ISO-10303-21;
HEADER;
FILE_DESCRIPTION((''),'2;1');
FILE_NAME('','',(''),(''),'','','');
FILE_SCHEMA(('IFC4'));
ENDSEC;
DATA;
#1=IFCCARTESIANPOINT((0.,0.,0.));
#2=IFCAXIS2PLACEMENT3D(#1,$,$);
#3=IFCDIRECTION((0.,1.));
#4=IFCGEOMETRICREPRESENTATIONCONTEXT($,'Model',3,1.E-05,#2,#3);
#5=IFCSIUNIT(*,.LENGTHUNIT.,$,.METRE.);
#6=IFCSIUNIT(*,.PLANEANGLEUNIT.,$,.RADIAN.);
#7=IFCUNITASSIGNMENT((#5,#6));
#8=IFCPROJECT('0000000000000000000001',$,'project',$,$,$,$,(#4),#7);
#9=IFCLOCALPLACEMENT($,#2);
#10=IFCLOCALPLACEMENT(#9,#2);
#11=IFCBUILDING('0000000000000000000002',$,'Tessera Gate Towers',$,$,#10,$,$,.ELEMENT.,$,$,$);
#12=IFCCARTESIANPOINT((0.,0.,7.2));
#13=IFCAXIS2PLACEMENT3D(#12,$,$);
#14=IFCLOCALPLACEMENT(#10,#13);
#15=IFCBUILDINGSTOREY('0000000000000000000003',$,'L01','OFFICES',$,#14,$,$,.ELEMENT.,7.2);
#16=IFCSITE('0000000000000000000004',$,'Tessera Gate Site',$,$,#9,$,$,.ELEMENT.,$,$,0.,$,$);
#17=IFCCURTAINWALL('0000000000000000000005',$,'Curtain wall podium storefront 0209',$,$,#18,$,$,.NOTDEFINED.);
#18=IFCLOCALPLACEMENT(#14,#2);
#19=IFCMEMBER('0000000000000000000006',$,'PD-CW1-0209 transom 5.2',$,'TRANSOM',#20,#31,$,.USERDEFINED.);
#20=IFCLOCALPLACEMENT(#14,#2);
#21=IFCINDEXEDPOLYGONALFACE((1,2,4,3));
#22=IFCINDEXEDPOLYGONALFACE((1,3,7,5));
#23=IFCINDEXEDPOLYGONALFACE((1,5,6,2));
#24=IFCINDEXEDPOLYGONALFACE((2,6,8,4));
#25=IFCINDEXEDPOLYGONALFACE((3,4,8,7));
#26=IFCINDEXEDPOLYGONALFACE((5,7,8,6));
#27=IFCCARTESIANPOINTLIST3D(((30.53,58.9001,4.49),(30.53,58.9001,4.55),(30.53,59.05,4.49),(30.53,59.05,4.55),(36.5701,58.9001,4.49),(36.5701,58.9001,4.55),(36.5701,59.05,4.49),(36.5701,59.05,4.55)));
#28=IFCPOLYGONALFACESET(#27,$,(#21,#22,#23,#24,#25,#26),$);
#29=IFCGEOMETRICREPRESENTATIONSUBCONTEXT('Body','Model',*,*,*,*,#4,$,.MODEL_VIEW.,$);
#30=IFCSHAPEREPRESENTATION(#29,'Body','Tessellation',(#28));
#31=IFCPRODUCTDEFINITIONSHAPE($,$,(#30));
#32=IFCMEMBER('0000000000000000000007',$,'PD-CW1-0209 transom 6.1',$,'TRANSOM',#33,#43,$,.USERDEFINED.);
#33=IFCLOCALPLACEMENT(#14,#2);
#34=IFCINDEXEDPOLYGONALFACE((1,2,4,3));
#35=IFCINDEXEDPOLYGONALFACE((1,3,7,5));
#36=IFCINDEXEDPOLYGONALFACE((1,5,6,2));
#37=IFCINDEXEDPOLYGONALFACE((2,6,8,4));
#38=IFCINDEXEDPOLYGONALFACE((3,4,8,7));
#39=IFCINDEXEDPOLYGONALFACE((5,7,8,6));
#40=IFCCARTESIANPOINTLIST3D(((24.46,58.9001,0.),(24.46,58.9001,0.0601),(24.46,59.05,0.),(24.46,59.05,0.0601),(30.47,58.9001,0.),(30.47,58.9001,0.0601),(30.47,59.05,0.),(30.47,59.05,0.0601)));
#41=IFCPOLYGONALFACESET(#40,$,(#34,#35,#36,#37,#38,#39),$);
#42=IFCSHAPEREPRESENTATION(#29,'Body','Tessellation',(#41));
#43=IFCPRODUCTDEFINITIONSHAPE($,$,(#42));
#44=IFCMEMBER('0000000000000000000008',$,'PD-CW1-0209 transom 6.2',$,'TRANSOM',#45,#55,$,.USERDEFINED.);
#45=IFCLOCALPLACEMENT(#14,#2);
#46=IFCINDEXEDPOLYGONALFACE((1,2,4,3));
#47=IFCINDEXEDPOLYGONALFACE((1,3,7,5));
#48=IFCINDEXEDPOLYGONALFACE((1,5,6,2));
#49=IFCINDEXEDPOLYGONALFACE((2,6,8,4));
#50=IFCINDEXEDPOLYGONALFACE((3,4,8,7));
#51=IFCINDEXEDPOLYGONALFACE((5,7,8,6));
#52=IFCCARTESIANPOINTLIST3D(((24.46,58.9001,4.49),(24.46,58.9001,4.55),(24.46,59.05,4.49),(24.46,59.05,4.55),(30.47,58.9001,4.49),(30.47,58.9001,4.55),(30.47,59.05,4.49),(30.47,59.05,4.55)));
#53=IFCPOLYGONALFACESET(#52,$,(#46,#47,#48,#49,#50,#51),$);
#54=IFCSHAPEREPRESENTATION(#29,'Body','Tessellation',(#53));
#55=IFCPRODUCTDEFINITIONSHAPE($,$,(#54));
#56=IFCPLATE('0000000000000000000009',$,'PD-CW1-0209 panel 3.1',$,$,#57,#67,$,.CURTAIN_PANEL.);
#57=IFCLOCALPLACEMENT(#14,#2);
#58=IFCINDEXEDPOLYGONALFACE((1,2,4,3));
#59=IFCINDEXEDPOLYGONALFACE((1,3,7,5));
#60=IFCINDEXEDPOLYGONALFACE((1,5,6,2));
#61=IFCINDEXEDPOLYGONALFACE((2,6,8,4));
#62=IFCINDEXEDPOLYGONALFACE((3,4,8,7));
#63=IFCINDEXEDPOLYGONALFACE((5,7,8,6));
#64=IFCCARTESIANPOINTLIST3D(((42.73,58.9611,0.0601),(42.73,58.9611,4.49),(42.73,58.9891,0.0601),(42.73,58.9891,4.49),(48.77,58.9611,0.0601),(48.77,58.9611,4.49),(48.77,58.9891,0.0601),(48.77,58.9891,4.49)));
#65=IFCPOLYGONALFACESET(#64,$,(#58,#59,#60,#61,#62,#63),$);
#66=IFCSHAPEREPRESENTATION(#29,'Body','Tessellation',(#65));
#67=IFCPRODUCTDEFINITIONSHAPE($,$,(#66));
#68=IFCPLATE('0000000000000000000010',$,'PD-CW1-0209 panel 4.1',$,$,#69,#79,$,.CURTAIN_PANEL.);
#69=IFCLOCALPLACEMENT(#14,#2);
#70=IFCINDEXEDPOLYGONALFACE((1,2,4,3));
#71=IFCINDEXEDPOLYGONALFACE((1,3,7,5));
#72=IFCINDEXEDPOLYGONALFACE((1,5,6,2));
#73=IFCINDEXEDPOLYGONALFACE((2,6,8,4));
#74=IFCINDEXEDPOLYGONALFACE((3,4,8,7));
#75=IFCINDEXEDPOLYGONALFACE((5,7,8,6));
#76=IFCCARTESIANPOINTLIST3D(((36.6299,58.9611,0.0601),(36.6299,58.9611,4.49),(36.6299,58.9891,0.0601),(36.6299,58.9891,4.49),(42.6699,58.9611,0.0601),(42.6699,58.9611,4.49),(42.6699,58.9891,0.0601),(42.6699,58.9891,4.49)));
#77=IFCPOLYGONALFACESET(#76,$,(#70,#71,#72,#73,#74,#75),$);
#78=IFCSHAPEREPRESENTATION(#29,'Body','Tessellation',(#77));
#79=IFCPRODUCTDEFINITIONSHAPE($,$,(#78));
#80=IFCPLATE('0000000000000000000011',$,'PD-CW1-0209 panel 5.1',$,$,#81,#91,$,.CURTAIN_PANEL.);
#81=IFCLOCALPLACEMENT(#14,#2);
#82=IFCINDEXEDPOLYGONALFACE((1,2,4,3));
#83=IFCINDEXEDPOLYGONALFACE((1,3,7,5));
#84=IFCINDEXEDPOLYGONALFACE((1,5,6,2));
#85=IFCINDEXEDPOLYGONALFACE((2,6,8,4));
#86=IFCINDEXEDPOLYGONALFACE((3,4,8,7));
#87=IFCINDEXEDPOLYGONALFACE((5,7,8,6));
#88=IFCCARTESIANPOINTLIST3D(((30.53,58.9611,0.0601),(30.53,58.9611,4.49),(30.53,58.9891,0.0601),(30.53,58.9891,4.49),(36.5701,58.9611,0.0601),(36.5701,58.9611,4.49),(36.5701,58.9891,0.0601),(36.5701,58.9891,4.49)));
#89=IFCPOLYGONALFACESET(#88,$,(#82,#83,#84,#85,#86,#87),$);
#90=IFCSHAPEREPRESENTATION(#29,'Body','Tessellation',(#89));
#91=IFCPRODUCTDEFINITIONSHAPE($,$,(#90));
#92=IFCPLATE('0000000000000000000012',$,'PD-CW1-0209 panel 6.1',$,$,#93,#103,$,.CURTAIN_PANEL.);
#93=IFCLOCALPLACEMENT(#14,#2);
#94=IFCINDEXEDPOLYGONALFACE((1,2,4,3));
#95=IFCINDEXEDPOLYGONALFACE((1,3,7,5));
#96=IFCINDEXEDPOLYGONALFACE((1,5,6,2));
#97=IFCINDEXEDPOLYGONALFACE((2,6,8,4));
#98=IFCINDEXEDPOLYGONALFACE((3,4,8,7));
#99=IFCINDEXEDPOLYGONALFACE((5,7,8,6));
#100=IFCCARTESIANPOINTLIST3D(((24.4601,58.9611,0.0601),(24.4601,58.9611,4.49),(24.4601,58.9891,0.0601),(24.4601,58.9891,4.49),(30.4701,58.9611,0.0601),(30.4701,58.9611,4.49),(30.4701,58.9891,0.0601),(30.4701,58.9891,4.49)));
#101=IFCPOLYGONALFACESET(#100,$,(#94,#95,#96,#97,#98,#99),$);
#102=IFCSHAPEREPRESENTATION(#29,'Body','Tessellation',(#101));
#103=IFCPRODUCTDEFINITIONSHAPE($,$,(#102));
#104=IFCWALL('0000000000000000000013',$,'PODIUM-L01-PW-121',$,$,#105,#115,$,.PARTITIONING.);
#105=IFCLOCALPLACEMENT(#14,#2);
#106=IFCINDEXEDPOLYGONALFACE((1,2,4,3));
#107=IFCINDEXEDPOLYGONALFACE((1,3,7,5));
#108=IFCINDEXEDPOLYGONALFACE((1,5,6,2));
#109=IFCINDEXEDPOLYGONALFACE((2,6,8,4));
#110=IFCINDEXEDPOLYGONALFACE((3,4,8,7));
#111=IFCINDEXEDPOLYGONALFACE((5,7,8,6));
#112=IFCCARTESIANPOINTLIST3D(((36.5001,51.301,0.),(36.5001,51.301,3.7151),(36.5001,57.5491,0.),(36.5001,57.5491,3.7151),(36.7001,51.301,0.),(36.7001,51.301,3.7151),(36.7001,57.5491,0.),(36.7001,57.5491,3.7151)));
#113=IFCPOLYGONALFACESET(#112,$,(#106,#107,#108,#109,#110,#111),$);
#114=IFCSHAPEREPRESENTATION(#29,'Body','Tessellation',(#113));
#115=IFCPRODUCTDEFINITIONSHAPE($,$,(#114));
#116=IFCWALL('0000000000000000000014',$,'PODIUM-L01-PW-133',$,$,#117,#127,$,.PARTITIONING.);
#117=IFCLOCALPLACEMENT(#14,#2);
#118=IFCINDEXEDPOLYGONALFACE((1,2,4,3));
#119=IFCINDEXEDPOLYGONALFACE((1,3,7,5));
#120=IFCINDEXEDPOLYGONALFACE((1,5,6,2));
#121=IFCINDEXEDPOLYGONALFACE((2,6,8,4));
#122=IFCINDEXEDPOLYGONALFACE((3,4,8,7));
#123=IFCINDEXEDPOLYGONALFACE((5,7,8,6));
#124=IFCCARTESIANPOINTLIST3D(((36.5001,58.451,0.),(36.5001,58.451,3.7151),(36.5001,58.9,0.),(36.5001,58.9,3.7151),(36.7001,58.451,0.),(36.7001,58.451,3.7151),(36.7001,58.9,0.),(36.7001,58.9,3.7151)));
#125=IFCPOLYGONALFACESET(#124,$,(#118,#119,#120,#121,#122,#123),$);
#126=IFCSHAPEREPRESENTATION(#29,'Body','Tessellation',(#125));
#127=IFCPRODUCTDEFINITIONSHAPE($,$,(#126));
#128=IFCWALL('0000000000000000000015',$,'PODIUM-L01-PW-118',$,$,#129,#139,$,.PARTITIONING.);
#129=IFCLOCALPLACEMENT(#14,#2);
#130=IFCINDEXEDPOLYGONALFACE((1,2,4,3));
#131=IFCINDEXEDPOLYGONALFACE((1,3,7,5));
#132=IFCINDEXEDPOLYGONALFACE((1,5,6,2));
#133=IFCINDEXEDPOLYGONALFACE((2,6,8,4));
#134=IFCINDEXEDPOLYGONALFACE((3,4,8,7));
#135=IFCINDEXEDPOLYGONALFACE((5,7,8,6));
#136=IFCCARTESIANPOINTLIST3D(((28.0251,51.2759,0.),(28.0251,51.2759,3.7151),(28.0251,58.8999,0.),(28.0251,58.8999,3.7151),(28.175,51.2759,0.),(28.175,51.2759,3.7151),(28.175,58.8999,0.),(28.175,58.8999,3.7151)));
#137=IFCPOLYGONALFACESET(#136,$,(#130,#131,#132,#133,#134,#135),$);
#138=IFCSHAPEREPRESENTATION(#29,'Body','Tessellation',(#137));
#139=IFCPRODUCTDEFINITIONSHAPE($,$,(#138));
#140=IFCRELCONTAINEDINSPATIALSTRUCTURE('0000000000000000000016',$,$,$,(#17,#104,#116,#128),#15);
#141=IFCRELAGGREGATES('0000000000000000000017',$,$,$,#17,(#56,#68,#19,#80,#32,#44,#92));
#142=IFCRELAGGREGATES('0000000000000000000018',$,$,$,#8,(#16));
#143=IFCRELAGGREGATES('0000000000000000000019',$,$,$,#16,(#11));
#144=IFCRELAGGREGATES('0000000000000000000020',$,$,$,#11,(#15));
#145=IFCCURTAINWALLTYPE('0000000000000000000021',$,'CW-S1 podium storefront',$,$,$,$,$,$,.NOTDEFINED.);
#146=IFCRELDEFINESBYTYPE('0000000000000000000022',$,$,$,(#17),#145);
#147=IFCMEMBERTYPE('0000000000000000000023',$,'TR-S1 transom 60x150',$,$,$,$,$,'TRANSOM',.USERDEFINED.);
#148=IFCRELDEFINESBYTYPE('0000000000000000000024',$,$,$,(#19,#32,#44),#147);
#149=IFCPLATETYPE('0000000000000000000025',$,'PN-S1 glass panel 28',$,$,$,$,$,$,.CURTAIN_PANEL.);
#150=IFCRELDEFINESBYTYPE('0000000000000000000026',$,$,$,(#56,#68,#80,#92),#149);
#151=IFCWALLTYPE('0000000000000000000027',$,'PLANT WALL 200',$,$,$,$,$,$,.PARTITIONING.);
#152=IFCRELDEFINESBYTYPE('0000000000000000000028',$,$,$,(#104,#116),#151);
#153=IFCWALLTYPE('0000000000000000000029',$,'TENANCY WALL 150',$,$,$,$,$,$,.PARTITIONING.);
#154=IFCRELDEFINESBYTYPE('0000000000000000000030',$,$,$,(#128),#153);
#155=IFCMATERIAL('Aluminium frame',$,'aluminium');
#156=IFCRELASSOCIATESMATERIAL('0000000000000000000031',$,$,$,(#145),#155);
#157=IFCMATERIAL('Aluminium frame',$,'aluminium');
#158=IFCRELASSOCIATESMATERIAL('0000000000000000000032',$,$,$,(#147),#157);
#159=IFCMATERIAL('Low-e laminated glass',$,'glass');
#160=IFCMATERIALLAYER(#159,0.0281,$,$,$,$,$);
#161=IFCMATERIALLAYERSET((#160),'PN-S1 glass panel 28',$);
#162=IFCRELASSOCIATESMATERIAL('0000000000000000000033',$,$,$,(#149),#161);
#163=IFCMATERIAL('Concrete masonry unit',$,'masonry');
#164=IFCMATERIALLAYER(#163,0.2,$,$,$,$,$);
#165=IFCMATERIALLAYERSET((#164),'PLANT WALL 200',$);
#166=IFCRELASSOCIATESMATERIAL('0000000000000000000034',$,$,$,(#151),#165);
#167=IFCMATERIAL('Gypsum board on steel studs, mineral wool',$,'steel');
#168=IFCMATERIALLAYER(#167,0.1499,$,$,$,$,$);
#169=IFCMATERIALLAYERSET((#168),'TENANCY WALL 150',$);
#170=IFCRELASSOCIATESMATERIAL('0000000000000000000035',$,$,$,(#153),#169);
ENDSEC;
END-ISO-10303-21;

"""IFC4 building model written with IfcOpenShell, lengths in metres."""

from ifc_helpers import new_model, si_unit, direction, frame, frame_2d, origin, origin_2d, place, context, subcontext, project, spatial, rectangle, extrude, material, layer, layer_set, material_profile, profile_set, type_object, element, aggregate, save


model = new_model("IFC4")

# Units and contexts
model_context = context("Model", 3, precision=1e-05, world=origin(), true_north=direction((0.0, 1.0)))
body_context = subcontext(model_context, "Body", "Model", "MODEL_VIEW")
ifc_project = project(units=[si_unit("LENGTHUNIT", "METRE"), si_unit("PLANEANGLEUNIT", "RADIAN")], contexts=[model_context])

# Site, building, storey
site_placement = place(None, origin())
site = spatial("IfcSite", under=ifc_project, at=site_placement, Name="Tessera Gate Site", CompositionType="ELEMENT", RefElevation=0.0)
building_placement = place(site_placement, origin())
building = spatial("IfcBuilding", under=site, at=building_placement, Name="Tessera Gate Towers", CompositionType="ELEMENT")
storey_placement = place(building_placement, frame((0.0, 0.0, 7.2)))
storey = spatial("IfcBuildingStorey", under=building, at=storey_placement, Name="L01", Description="OFFICES", CompositionType="ELEMENT", Elevation=7.2)

# Curtain wall, members, plates
ifc_material_1 = material(Name="Aluminium frame", Category="aluminium")
curtain_wall_type = type_object("IfcCurtainWallType", Name="CW-S1 podium storefront", PredefinedType="NOTDEFINED", material=ifc_material_1)
curtain_wall_placement = place(storey_placement, origin())
curtain_wall = element("IfcCurtainWall", 1, at=curtain_wall_placement, inside=storey, type_object=curtain_wall_type, Name="Curtain wall podium storefront 0209", PredefinedType="NOTDEFINED")
ifc_material_2 = material(Name="Aluminium frame", Category="aluminium")
ifc_material_profile_1 = material_profile(ifc_material_2, rectangle(XDim=0.1499, YDim=0.0601, at=origin_2d()), Name="AL 60x150")
ifc_profile_set_1 = profile_set([ifc_material_profile_1], Name="Aluminium frame")
member_type_1 = type_object("IfcMemberType", Name="TR-S1 transom 60x150", ElementType="TRANSOM", PredefinedType="USERDEFINED", material=ifc_profile_set_1)
member_1_placement = place(storey_placement, frame((36.5701, 58.9751, 4.52), z_axis=(-1.0, 0.0, 0.0), x_axis=(0.0, -1.0, 0.0)))
member_1 = element("IfcMember", 2, at=member_1_placement, type_object=member_type_1, Name="PD-CW1-0209 transom 5.2", ObjectType="TRANSOM", PredefinedType="USERDEFINED", context=body_context, shape_type="SweptSolid", body=[
    extrude(rectangle(XDim=0.1499, YDim=0.0601, at=origin_2d()), origin(), (0.0, 0.0, 1.0), 6.04),
])
member_2_placement = place(storey_placement, frame((30.47, 58.9751, 0.03), z_axis=(-1.0, 0.0, 0.0), x_axis=(0.0, -1.0, 0.0)))
member_2 = element("IfcMember", 3, at=member_2_placement, type_object=member_type_1, Name="PD-CW1-0209 transom 6.1", ObjectType="TRANSOM", PredefinedType="USERDEFINED", context=body_context, shape_type="SweptSolid", body=[
    extrude(rectangle(XDim=0.1499, YDim=0.0601, at=origin_2d()), origin(), (0.0, 0.0, 1.0), 6.01),
])
member_3_placement = place(storey_placement, frame((30.47, 58.9751, 4.52), z_axis=(-1.0, 0.0, 0.0), x_axis=(0.0, -1.0, 0.0)))
member_3 = element("IfcMember", 4, at=member_3_placement, type_object=member_type_1, Name="PD-CW1-0209 transom 6.2", ObjectType="TRANSOM", PredefinedType="USERDEFINED", context=body_context, shape_type="SweptSolid", body=[
    extrude(rectangle(XDim=0.1499, YDim=0.0601, at=origin_2d()), origin(), (0.0, 0.0, 1.0), 6.01),
])
ifc_material_3 = material(Name="Low-e laminated glass", Category="glass")
ifc_layer_1 = layer(ifc_material_3, 0.0281)
ifc_layer_set_1 = layer_set([ifc_layer_1], Name="PN-S1 glass panel 28")
plate_type = type_object("IfcPlateType", Name="PN-S1 glass panel 28", PredefinedType="CURTAIN_PANEL", material=ifc_layer_set_1)
plate_1_placement = place(storey_placement, frame((45.75, 58.9751, 0.0601), z_axis=(0.0, 0.0, 1.0), x_axis=(-1.0, 0.0, 0.0)))
plate_1 = element("IfcPlate", 5, at=plate_1_placement, type_object=plate_type, Name="PD-CW1-0209 panel 3.1", PredefinedType="CURTAIN_PANEL", context=body_context, shape_type="SweptSolid", body=[
    extrude(rectangle(XDim=6.04, YDim=0.0281, at=origin_2d()), origin(), (0.0, 0.0, 1.0), 4.4299),
])
plate_2_placement = place(storey_placement, frame((39.6499, 58.9751, 0.0601), z_axis=(0.0, 0.0, 1.0), x_axis=(-1.0, 0.0, 0.0)))
plate_2 = element("IfcPlate", 6, at=plate_2_placement, type_object=plate_type, Name="PD-CW1-0209 panel 4.1", PredefinedType="CURTAIN_PANEL", context=body_context, shape_type="SweptSolid", body=[
    extrude(rectangle(XDim=6.04, YDim=0.0281, at=origin_2d()), origin(), (0.0, 0.0, 1.0), 4.4299),
])
plate_3_placement = place(storey_placement, frame((33.55, 58.9751, 0.0601), z_axis=(0.0, 0.0, 1.0), x_axis=(-1.0, 0.0, 0.0)))
plate_3 = element("IfcPlate", 7, at=plate_3_placement, type_object=plate_type, Name="PD-CW1-0209 panel 5.1", PredefinedType="CURTAIN_PANEL", context=body_context, shape_type="SweptSolid", body=[
    extrude(rectangle(XDim=6.04, YDim=0.0281, at=origin_2d()), origin(), (0.0, 0.0, 1.0), 4.4299),
])
plate_4_placement = place(storey_placement, frame((27.4651, 58.9751, 0.0601), z_axis=(0.0, 0.0, 1.0), x_axis=(-1.0, 0.0, 0.0)))
plate_4 = element("IfcPlate", 8, at=plate_4_placement, type_object=plate_type, Name="PD-CW1-0209 panel 6.1", PredefinedType="CURTAIN_PANEL", context=body_context, shape_type="SweptSolid", body=[
    extrude(rectangle(XDim=6.01, YDim=0.0281, at=origin_2d()), origin(), (0.0, 0.0, 1.0), 4.4299),
])
aggregate(curtain_wall, [plate_1, plate_2, member_1, plate_3, member_2, member_3, plate_4])

# Walls
ifc_material_4 = material(Name="Concrete masonry unit", Category="masonry")
ifc_layer_2 = layer(ifc_material_4, 0.2)
ifc_layer_set_2 = layer_set([ifc_layer_2], Name="PLANT WALL 200")
wall_type_1 = type_object("IfcWallType", Name="PLANT WALL 200", PredefinedType="PARTITIONING", material=ifc_layer_set_2)
wall_1_placement = place(storey_placement, frame((36.6001, 51.301, 0.0), z_axis=(0.0, 0.0, 1.0), x_axis=(0.0, 1.0, 0.0)))
element("IfcWall", 9, at=wall_1_placement, inside=storey, type_object=wall_type_1, Name="PODIUM-L01-PW-121", PredefinedType="PARTITIONING", context=body_context, shape_type="SweptSolid", body=[
    extrude(rectangle(XDim=6.248, YDim=0.2, at=frame_2d((3.124, 0.0))), origin(), (0.0, 0.0, 1.0), 3.7151),
])
wall_2_placement = place(storey_placement, frame((36.6001, 58.4509, 0.0), z_axis=(0.0, 0.0, 1.0), x_axis=(0.0, 1.0, 0.0)))
element("IfcWall", 10, at=wall_2_placement, inside=storey, type_object=wall_type_1, Name="PODIUM-L01-PW-133", PredefinedType="PARTITIONING", context=body_context, shape_type="SweptSolid", body=[
    extrude(rectangle(XDim=0.449, YDim=0.2, at=frame_2d((0.2246, 0.0))), origin(), (0.0, 0.0, 1.0), 3.7151),
])
ifc_material_5 = material(Name="Gypsum board on steel studs, mineral wool", Category="steel")
ifc_layer_3 = layer(ifc_material_5, 0.1499)
ifc_layer_set_3 = layer_set([ifc_layer_3], Name="TENANCY WALL 150")
wall_type_2 = type_object("IfcWallType", Name="TENANCY WALL 150", PredefinedType="PARTITIONING", material=ifc_layer_set_3)
wall_3_placement = place(storey_placement, frame((28.1001, 51.2759, 0.0), z_axis=(0.0, 0.0, 1.0), x_axis=(0.0, 1.0, 0.0)))
element("IfcWall", 11, at=wall_3_placement, inside=storey, type_object=wall_type_2, Name="PODIUM-L01-PW-118", PredefinedType="PARTITIONING", context=body_context, shape_type="SweptSolid", body=[
    extrude(rectangle(XDim=7.624, YDim=0.1499, at=frame_2d((3.812, 0.0))), origin(), (0.0, 0.0, 1.0), 3.7151),
])

save(model, "model.ifc")
